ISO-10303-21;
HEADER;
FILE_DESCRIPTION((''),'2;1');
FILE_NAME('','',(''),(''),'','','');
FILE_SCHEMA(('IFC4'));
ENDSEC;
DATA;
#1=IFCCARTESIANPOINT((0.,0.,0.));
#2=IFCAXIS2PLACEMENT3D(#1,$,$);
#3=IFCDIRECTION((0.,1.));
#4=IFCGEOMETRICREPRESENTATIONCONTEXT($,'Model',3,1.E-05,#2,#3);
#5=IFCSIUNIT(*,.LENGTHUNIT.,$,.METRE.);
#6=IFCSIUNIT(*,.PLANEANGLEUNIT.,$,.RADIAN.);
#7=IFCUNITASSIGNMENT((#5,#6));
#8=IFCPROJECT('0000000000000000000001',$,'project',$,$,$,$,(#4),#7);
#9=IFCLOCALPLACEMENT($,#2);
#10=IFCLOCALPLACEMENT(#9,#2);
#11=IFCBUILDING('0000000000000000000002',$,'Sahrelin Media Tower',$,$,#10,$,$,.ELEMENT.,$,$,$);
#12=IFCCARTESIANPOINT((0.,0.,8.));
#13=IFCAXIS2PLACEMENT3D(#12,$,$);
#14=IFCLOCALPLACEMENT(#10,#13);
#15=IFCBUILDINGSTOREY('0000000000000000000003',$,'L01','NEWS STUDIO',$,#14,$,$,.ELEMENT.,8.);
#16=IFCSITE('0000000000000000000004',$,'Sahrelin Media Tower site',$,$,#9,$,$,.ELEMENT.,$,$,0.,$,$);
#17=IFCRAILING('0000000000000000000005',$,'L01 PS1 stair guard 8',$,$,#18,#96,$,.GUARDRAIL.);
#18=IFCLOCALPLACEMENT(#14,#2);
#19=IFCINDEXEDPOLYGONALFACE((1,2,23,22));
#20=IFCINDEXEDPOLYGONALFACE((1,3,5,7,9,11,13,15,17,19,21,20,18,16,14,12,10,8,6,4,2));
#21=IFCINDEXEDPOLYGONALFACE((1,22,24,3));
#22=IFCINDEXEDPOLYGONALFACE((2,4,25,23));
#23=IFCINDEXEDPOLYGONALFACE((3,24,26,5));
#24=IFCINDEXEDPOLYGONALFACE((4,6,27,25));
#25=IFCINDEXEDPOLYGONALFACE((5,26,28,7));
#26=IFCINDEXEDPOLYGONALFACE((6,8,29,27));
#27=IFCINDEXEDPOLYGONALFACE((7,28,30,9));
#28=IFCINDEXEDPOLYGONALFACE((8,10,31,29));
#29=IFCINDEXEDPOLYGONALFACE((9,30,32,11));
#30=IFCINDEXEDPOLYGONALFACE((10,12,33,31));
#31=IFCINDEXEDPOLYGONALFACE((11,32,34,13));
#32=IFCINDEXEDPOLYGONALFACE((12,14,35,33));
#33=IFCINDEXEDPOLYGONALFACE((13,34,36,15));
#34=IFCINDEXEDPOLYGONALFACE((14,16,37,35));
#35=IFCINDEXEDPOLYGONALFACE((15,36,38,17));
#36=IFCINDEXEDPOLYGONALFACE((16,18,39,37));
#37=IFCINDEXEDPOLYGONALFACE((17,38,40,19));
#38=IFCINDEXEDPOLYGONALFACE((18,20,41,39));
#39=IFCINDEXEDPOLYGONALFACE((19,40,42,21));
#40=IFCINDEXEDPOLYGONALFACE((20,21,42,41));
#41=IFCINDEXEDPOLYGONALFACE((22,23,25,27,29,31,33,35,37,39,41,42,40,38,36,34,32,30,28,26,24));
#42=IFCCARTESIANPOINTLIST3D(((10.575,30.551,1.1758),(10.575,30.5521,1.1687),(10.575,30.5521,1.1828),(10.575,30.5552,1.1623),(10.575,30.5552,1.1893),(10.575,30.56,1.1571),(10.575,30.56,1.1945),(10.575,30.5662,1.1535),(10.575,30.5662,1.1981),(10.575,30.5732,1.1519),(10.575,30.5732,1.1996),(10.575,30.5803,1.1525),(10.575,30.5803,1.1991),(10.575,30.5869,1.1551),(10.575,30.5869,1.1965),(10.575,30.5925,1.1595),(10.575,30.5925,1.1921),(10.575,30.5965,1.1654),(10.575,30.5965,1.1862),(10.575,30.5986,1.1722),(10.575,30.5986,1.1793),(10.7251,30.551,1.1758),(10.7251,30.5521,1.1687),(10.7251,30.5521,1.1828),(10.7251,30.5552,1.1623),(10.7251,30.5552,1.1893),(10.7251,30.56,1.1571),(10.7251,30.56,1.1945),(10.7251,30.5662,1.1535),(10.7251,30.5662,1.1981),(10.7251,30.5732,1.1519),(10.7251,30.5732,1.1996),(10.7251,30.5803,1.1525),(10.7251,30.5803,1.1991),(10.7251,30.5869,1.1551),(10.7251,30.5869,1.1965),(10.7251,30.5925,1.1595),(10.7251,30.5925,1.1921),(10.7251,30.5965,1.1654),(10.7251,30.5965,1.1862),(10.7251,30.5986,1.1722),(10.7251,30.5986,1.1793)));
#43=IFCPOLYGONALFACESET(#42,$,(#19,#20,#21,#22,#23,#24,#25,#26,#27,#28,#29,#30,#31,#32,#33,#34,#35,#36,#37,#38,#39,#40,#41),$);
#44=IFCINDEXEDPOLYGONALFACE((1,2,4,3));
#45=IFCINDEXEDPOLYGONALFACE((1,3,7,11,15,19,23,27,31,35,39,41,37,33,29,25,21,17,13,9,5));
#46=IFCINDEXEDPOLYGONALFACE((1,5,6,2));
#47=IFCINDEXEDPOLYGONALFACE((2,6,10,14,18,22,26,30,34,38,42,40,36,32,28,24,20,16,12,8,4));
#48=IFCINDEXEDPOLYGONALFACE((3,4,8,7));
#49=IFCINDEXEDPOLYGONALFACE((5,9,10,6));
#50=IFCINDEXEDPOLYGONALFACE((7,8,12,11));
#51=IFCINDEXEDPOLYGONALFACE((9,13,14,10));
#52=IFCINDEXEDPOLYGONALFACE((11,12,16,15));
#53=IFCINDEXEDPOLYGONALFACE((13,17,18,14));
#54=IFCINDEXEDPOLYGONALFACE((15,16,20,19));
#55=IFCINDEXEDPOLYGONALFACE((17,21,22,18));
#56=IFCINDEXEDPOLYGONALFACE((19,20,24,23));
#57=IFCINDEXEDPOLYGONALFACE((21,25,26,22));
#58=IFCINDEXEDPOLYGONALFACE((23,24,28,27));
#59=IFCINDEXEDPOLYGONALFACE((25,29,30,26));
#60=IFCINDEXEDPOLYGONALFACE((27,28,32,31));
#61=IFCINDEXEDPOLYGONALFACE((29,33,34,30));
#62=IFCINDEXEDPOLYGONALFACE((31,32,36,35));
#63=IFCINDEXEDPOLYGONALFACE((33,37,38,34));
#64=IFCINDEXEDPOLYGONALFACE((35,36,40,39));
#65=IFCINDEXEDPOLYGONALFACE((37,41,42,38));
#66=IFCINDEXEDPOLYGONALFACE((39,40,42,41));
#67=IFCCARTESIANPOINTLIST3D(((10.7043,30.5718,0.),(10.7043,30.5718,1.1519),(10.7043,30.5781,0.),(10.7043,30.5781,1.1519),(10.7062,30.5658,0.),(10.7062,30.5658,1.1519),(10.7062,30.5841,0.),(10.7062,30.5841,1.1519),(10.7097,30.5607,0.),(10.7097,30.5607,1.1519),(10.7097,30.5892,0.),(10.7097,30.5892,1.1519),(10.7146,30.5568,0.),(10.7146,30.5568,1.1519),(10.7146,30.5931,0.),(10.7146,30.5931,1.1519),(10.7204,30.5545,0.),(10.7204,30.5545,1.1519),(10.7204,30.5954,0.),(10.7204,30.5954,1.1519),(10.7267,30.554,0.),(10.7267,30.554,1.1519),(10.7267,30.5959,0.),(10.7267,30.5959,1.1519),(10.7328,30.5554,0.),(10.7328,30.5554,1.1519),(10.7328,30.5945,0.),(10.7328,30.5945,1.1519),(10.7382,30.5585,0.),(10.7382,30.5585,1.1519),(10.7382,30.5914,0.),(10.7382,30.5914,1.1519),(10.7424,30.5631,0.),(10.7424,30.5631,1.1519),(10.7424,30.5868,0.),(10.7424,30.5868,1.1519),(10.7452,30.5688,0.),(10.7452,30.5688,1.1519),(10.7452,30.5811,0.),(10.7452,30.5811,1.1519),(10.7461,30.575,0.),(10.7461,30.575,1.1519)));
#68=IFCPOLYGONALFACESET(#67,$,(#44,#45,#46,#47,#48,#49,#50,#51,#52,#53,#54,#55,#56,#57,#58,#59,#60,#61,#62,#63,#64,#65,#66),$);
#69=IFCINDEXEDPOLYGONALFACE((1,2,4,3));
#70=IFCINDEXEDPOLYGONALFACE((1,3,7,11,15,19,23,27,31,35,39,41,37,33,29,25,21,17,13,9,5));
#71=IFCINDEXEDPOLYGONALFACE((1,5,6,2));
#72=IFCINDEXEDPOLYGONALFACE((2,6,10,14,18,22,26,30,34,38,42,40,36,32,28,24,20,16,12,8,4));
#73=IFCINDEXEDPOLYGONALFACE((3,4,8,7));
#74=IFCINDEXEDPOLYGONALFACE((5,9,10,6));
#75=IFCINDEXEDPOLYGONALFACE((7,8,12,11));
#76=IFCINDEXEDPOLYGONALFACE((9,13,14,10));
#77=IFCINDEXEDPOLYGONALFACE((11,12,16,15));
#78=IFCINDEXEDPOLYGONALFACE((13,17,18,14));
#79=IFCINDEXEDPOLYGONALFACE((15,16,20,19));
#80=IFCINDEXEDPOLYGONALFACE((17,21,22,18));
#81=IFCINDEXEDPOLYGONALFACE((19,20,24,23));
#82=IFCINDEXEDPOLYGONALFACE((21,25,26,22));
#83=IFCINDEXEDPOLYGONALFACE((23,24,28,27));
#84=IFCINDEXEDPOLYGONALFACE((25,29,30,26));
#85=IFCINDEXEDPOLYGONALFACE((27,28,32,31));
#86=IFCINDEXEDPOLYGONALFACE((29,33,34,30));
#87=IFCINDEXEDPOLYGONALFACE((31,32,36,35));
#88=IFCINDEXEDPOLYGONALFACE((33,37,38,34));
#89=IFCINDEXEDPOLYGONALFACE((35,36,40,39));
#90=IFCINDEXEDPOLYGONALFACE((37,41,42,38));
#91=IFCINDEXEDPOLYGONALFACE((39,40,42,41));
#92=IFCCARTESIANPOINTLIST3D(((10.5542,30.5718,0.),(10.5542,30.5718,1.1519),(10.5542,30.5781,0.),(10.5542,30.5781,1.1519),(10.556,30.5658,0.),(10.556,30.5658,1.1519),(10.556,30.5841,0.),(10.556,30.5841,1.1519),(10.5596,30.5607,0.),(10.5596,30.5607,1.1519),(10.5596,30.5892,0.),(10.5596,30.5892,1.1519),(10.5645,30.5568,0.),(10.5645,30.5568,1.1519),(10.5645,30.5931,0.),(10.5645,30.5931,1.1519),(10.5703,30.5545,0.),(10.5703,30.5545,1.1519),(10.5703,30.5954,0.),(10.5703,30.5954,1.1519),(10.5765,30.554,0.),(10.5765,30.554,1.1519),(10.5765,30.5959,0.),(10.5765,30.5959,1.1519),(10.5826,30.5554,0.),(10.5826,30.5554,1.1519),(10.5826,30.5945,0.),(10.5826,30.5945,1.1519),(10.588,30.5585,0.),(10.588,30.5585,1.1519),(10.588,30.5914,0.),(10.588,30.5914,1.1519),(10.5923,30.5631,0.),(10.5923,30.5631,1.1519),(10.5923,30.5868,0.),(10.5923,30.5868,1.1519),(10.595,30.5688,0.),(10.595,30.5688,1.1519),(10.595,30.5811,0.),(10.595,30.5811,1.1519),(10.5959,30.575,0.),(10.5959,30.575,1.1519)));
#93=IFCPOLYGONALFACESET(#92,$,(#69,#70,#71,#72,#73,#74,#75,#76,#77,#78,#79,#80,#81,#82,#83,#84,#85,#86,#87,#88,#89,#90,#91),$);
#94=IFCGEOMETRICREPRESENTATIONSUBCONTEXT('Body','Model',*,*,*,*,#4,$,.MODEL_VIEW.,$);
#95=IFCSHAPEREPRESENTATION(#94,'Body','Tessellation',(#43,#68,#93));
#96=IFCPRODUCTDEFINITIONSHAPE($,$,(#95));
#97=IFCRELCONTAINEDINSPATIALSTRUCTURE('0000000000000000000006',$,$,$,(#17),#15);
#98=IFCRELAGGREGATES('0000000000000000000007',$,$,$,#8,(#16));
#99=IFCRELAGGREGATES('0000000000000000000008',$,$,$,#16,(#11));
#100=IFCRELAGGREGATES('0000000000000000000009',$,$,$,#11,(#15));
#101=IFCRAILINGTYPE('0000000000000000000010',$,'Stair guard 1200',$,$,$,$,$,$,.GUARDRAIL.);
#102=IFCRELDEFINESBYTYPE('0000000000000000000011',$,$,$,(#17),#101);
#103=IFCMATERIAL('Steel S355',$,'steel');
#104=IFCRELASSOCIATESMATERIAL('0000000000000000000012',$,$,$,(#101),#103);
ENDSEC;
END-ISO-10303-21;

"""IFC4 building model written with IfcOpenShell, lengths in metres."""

from ifc_helpers import new_model, si_unit, direction, frame, origin, origin_2d, place, context, subcontext, project, spatial, circle, extrude, material, type_object, element, save


model = new_model("IFC4")

# Units and contexts
model_context = context("Model", 3, precision=1e-05, world=origin(), true_north=direction((0.0, 1.0)))
body_context = subcontext(model_context, "Body", "Model", "MODEL_VIEW")
ifc_project = project(units=[si_unit("LENGTHUNIT", "METRE"), si_unit("PLANEANGLEUNIT", "RADIAN")], contexts=[model_context])

# Site, building, storey
site_placement = place(None, origin())
site = spatial("IfcSite", under=ifc_project, at=site_placement, Name="Sahrelin Media Tower site", CompositionType="ELEMENT", RefElevation=0.0)
building_placement = place(site_placement, origin())
building = spatial("IfcBuilding", under=site, at=building_placement, Name="Sahrelin Media Tower", CompositionType="ELEMENT")
storey_placement = place(building_placement, frame((0.0, 0.0, 8.0)))
storey = spatial("IfcBuildingStorey", under=building, at=storey_placement, Name="L01", Description="NEWS STUDIO", CompositionType="ELEMENT", Elevation=8.0)

# Shared definitions
ifc_material_1 = material(Name="Steel S355", Category="steel")

# Railing
railing_type_1 = type_object("IfcRailingType", Name="Stair guard 1200", PredefinedType="GUARDRAIL", material=ifc_material_1)
railing_1_placement = place(storey_placement, frame((10.7251, 30.575, 0.0)))
element("IfcRailing", 1, at=railing_1_placement, inside=storey, type_object=railing_type_1, Name="L01 PS1 stair guard 8", PredefinedType="GUARDRAIL", context=body_context, shape_type="SweptSolid", body=[
    extrude(circle(Radius=0.0239, at=origin_2d()), frame((0.0, 0.0, 1.1758), z_axis=(-1.0, 0.0, 0.0), x_axis=(0.0, -1.0, 0.0)), (0.0, 0.0, 1.0), 0.1501),
    extrude(circle(Radius=0.021, at=origin_2d()), origin(), (0.0, 0.0, 1.0), 1.1519),
    extrude(circle(Radius=0.021, at=origin_2d()), frame((-0.1501, 0.0, 0.0)), (0.0, 0.0, 1.0), 1.1519),
])

save(model, "model.ifc")
